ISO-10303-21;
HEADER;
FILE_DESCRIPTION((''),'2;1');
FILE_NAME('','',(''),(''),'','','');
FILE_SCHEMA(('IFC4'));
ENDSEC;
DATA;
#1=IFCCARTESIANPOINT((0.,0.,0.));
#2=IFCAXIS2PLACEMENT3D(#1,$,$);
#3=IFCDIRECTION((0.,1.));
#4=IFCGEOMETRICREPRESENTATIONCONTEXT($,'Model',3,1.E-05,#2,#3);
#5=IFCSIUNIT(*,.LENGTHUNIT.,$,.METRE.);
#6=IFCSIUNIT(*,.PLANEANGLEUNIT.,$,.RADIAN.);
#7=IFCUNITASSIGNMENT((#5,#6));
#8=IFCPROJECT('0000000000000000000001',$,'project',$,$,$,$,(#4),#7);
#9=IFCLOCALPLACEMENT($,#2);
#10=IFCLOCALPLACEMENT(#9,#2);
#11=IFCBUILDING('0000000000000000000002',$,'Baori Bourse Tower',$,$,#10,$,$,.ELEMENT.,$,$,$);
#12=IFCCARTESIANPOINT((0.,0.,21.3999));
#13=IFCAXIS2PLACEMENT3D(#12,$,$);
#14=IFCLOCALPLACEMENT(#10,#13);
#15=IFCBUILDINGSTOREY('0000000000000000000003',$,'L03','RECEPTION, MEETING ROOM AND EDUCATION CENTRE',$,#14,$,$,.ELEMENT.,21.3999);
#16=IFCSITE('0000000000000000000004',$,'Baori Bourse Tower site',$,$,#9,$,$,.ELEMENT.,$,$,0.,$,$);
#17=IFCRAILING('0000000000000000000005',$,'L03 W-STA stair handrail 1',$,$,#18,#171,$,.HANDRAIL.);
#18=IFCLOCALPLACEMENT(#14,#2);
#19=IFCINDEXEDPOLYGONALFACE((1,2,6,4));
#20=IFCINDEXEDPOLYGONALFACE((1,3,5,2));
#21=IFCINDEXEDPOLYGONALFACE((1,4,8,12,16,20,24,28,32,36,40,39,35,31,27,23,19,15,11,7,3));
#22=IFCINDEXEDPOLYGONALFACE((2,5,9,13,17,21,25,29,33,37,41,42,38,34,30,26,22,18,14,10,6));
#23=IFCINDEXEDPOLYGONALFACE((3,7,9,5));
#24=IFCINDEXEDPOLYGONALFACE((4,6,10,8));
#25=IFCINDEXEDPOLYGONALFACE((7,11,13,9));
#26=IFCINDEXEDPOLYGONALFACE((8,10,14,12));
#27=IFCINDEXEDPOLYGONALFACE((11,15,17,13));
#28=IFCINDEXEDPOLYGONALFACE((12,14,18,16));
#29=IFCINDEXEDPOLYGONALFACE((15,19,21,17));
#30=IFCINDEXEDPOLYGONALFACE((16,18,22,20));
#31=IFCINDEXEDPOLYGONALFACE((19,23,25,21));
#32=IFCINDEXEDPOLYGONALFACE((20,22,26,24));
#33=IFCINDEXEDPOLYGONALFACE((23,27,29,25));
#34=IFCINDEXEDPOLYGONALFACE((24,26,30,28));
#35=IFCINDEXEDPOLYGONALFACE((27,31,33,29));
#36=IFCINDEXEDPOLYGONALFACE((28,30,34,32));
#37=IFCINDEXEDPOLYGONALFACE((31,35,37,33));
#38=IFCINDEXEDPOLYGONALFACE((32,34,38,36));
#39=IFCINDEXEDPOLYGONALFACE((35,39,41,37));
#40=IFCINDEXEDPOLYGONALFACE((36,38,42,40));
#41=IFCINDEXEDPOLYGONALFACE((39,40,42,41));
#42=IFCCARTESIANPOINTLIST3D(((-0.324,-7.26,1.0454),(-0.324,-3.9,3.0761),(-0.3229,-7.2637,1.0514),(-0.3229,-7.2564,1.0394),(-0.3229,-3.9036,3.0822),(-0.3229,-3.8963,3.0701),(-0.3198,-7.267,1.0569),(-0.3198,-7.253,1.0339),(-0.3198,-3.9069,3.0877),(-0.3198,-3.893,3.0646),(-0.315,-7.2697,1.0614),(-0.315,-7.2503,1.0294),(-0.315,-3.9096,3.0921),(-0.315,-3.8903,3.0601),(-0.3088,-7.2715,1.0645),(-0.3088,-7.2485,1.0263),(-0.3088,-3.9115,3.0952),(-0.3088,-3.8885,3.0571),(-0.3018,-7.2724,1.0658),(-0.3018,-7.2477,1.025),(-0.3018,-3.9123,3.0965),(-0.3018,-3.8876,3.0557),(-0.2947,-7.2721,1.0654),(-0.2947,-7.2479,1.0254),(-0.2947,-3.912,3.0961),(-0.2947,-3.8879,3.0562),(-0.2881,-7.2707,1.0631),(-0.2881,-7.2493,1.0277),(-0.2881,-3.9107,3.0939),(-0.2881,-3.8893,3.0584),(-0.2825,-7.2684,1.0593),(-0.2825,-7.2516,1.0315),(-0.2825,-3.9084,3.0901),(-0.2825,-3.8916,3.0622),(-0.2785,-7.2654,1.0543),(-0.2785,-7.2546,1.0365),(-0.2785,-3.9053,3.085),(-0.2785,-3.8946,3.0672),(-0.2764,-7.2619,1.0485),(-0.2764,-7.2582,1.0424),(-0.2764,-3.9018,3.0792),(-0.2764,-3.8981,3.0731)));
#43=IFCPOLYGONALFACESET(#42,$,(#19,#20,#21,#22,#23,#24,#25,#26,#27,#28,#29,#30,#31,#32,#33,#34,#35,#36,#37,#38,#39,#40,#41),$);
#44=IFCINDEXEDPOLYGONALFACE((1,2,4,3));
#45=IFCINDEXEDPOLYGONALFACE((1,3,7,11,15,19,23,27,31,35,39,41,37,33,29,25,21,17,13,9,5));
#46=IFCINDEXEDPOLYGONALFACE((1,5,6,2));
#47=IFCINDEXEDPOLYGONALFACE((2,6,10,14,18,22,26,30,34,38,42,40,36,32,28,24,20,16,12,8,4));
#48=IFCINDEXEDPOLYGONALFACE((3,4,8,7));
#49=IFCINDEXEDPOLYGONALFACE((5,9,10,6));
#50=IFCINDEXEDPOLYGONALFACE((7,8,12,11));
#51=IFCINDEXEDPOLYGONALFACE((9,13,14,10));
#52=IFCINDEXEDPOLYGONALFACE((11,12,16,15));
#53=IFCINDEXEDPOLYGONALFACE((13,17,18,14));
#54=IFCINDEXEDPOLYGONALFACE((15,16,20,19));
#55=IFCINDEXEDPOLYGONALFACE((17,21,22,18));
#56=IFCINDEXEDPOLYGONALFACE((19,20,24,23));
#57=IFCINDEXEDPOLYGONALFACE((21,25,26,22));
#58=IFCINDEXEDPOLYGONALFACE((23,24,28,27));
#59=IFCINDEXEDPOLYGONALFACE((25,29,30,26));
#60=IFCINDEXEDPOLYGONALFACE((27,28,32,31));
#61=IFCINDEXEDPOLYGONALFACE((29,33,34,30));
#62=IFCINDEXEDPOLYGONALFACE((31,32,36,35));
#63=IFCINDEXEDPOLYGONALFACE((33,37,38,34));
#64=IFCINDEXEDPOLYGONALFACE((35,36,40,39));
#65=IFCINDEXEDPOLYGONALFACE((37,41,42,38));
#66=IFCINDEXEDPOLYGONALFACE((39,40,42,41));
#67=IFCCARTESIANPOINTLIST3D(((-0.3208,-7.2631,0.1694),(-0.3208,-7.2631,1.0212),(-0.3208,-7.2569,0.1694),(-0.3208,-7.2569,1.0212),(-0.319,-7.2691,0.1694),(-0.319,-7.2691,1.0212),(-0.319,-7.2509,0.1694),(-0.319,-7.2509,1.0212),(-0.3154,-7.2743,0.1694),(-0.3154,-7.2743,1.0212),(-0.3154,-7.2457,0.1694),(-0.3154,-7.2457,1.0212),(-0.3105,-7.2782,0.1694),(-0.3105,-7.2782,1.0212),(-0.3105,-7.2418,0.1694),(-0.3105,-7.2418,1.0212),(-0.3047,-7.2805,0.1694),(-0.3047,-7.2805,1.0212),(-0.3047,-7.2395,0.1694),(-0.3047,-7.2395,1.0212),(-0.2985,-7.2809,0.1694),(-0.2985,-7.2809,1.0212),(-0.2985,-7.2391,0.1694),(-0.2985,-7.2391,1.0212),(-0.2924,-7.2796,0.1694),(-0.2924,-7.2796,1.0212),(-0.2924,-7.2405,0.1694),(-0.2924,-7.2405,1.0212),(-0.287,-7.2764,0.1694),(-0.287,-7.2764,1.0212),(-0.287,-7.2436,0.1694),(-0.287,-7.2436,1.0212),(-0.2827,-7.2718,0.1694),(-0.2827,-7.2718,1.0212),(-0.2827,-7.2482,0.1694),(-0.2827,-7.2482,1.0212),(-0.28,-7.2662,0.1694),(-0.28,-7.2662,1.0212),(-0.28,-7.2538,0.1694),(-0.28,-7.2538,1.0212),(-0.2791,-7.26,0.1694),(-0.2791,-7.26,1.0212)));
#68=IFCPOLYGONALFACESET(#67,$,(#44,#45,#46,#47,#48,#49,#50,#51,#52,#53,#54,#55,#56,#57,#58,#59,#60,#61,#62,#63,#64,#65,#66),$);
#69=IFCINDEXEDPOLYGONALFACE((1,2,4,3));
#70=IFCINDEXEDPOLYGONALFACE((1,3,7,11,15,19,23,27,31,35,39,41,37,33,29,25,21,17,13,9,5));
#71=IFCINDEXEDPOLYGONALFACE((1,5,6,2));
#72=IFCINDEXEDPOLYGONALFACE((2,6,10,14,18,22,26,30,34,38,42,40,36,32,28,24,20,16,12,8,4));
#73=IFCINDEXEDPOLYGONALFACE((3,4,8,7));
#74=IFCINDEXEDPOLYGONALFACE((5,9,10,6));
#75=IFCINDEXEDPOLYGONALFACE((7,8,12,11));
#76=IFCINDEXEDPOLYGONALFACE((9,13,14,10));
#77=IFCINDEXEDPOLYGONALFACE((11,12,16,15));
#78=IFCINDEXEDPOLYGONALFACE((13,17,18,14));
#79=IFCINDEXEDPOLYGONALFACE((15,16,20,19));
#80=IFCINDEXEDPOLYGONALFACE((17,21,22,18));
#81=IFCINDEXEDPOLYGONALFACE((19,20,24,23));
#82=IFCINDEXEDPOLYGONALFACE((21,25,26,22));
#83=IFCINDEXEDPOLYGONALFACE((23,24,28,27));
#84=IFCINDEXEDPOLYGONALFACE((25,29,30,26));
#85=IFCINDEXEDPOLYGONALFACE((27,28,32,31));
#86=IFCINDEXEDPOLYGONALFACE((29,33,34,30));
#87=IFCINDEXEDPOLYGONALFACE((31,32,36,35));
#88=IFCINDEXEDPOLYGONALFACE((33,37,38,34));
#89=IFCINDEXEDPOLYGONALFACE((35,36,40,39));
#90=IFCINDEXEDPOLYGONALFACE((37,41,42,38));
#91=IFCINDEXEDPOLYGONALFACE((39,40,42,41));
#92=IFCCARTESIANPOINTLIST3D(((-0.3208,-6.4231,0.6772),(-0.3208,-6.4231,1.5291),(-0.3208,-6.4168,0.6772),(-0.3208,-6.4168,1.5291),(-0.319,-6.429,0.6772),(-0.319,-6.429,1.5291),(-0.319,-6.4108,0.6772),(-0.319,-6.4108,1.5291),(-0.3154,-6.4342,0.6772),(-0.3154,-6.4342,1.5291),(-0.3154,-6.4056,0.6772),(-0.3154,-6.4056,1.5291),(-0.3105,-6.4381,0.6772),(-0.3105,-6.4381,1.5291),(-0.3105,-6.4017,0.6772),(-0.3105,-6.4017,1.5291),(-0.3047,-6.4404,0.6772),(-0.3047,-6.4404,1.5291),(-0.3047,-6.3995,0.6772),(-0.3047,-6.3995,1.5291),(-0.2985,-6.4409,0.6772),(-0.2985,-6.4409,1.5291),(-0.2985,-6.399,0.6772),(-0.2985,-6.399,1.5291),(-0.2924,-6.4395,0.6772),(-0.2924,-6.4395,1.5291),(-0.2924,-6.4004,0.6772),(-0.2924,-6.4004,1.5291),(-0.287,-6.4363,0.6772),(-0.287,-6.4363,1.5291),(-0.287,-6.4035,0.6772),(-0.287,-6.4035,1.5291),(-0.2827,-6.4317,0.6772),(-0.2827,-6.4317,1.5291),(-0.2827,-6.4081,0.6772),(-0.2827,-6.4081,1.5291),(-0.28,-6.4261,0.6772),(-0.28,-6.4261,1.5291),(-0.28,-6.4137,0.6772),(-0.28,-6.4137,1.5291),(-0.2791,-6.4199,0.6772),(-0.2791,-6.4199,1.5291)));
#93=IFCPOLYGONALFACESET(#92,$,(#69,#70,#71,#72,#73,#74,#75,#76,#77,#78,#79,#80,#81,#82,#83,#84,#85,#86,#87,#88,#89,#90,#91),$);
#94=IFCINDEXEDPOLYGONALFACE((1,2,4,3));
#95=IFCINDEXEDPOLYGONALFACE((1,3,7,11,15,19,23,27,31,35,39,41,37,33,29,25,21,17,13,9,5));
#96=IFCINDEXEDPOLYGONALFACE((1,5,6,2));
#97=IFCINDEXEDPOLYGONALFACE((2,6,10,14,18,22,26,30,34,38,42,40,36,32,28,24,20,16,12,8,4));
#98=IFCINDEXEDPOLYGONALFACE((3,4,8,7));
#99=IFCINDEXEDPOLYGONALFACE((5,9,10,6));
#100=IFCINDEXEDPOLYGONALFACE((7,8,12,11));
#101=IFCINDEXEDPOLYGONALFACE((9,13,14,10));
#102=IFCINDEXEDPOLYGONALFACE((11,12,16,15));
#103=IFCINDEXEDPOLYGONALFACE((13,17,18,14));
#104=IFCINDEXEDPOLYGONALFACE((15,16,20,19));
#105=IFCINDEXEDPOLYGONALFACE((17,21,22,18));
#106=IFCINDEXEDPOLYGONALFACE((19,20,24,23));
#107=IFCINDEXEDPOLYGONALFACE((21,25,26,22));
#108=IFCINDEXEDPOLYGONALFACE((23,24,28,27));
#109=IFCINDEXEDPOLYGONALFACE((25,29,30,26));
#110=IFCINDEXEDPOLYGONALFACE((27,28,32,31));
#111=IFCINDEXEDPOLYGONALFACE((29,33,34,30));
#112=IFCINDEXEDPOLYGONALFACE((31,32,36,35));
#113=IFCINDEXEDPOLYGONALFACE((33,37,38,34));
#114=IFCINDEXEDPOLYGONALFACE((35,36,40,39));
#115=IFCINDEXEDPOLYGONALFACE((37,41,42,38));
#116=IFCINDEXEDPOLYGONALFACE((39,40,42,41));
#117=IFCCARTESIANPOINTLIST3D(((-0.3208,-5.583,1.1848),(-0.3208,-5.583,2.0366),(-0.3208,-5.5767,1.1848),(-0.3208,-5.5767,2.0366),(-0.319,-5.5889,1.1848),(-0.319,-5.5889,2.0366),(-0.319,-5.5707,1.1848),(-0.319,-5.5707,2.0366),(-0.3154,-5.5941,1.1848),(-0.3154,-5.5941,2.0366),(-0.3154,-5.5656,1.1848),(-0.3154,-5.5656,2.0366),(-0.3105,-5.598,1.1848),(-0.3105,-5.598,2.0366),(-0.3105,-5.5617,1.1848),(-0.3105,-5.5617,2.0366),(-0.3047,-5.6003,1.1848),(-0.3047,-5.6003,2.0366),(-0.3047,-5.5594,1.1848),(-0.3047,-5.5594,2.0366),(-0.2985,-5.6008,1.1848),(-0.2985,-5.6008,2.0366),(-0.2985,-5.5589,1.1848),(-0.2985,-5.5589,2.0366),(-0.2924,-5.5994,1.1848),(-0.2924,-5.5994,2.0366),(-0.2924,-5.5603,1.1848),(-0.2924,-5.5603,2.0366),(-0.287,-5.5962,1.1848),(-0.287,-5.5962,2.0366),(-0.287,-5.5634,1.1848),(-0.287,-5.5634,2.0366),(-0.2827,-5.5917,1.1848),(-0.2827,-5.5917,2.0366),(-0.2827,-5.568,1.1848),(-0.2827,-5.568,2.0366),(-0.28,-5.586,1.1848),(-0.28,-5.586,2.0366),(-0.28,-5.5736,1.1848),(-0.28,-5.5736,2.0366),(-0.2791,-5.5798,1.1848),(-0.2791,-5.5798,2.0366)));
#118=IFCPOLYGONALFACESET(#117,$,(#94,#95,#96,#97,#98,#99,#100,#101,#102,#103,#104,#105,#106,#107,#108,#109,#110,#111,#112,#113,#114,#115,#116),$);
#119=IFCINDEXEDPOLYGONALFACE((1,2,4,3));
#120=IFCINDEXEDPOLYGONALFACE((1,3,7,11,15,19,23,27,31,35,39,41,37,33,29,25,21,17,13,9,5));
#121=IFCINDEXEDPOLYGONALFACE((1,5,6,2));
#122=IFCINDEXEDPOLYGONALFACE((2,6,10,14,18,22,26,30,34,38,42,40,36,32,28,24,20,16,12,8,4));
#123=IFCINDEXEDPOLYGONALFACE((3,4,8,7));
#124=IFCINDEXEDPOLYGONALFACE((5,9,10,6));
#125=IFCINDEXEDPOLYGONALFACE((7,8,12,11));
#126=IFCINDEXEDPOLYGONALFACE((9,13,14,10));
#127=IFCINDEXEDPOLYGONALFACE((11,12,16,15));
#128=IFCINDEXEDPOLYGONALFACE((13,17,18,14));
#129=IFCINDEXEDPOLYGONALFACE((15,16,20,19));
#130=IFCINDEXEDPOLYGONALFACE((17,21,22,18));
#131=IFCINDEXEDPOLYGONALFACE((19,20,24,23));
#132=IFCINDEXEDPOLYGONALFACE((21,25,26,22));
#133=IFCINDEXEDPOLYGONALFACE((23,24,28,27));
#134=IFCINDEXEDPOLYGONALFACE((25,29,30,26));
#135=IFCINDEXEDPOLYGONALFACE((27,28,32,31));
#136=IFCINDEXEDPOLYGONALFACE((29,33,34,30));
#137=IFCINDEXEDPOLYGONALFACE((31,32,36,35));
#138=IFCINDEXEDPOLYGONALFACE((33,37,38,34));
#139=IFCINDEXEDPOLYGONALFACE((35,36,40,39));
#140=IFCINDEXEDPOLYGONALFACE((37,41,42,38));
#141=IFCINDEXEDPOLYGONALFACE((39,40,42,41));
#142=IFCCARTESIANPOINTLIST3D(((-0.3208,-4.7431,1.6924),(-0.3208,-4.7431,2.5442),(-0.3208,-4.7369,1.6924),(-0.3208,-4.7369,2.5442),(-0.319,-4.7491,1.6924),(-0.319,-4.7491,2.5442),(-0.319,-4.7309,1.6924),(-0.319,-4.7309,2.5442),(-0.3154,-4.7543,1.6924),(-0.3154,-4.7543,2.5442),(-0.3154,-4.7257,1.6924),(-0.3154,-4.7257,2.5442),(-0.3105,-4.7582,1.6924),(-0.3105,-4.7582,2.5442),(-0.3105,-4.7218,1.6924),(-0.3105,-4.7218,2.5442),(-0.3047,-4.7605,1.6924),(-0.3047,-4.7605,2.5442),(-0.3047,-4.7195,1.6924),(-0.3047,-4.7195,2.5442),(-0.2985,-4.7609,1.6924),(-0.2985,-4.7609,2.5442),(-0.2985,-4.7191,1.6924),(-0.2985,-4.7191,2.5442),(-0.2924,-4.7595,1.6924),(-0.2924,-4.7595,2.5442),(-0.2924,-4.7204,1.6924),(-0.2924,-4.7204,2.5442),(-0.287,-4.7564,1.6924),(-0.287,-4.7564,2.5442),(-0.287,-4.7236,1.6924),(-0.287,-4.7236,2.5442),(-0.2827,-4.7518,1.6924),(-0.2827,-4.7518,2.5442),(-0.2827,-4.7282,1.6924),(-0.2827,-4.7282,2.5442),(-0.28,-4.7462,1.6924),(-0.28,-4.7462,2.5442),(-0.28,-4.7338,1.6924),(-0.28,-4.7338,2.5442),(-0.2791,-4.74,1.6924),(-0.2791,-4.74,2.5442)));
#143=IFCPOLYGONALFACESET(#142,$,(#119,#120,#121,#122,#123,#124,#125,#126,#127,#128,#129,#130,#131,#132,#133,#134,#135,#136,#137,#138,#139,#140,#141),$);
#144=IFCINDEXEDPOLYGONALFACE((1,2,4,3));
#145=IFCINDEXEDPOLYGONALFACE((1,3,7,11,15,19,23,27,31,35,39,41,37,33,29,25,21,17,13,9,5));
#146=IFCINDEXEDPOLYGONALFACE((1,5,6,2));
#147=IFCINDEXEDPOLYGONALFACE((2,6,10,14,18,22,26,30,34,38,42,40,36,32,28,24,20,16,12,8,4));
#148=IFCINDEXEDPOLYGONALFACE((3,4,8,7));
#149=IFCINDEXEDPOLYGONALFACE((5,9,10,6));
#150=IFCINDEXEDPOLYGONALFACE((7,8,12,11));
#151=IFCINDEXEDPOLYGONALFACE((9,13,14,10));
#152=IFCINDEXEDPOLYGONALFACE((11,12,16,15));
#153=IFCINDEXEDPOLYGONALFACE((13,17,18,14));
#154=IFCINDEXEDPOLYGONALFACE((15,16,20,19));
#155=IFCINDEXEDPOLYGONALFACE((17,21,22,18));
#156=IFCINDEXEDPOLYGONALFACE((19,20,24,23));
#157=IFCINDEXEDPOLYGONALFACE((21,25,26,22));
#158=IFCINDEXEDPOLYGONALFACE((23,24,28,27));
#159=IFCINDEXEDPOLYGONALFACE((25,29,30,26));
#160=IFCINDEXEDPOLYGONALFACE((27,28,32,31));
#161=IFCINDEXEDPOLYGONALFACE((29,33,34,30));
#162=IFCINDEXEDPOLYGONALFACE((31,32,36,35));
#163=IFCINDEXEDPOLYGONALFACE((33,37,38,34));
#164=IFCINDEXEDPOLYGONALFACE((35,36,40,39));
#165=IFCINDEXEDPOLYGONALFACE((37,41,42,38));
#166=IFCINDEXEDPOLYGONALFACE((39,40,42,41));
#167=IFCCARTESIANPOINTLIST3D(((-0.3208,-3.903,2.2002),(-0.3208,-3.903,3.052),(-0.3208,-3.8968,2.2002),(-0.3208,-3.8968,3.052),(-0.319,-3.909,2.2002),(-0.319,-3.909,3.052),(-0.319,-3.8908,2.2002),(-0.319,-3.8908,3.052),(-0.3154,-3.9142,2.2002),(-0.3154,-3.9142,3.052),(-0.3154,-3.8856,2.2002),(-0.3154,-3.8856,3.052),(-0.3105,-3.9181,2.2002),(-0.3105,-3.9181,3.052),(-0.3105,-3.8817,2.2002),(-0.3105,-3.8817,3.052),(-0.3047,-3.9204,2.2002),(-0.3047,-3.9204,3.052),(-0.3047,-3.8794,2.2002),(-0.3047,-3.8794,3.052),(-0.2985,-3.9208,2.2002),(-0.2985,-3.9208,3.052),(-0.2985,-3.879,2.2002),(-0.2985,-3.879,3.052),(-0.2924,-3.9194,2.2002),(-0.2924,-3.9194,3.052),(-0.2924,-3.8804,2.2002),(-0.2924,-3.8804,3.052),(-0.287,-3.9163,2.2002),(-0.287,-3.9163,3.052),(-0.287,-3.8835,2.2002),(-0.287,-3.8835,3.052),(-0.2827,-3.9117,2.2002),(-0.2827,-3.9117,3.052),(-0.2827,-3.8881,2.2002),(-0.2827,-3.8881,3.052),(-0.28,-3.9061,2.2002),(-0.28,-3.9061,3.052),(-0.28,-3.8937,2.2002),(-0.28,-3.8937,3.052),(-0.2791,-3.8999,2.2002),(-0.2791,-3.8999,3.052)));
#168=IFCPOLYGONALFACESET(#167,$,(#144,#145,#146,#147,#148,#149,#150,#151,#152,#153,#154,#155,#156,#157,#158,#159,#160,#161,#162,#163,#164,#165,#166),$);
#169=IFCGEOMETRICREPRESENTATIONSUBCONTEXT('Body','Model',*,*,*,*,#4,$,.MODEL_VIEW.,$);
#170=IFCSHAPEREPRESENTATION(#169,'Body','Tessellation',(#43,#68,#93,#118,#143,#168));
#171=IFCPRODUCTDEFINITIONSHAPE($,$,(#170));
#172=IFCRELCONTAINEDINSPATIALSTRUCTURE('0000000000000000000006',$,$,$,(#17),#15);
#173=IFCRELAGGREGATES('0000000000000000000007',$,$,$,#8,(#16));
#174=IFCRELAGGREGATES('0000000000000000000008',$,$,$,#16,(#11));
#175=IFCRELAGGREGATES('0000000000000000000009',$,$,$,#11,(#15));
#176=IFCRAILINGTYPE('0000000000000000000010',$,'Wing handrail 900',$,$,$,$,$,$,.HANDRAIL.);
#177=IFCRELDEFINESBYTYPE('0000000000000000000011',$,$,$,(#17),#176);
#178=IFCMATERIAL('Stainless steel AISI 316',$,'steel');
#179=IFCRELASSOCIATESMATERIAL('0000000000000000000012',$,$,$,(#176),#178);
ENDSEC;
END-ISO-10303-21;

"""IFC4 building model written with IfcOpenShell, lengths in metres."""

from ifc_helpers import new_model, si_unit, direction, frame, origin, origin_2d, place, context, subcontext, project, spatial, circle, extrude, material, type_object, element, save


model = new_model("IFC4")

# Units and contexts
model_context = context("Model", 3, precision=1e-05, world=origin(), true_north=direction((0.0, 1.0)))
body_context = subcontext(model_context, "Body", "Model", "MODEL_VIEW")
ifc_project = project(units=[si_unit("LENGTHUNIT", "METRE"), si_unit("PLANEANGLEUNIT", "RADIAN")], contexts=[model_context])

# Site, building, storey
site_placement = place(None, origin())
site = spatial("IfcSite", under=ifc_project, at=site_placement, Name="Baori Bourse Tower site", CompositionType="ELEMENT", RefElevation=0.0)
building_placement = place(site_placement, origin())
building = spatial("IfcBuilding", under=site, at=building_placement, Name="Baori Bourse Tower", CompositionType="ELEMENT")
storey_placement = place(building_placement, frame((0.0, 0.0, 21.3999)))
storey = spatial("IfcBuildingStorey", under=building, at=storey_placement, Name="L03", Description="RECEPTION, MEETING ROOM AND EDUCATION CENTRE", CompositionType="ELEMENT", Elevation=21.3999)

# Railing
ifc_material_1 = material(Name="Stainless steel AISI 316", Category="steel")
railing_type_1 = type_object("IfcRailingType", Name="Wing handrail 900", PredefinedType="HANDRAIL", material=ifc_material_1)
railing_1_placement = place(storey_placement, frame((-0.3, -7.26, 0.1694)))
element("IfcRailing", 1, at=railing_1_placement, inside=storey, type_object=railing_type_1, Name="L03 W-STA stair handrail 1", PredefinedType="HANDRAIL", context=body_context, shape_type="SweptSolid", body=[
    extrude(circle(Radius=0.0239, at=origin_2d()), frame((0.0, 0.0, 0.876), z_axis=(0.0, 0.855837, 0.517246), x_axis=(-1.0, 0.0, 0.0)), (0.0, 0.0, 1.0), 3.926),
    extrude(circle(Radius=0.021, at=origin_2d()), origin(), (0.0, 0.0, 1.0), 0.8518),
    extrude(circle(Radius=0.021, at=origin_2d()), frame((0.0, 0.8401, 0.5078)), (0.0, 0.0, 1.0), 0.8518),
    extrude(circle(Radius=0.021, at=origin_2d()), frame((0.0, 1.6802, 1.0154)), (0.0, 0.0, 1.0), 0.8518),
    extrude(circle(Radius=0.021, at=origin_2d()), frame((0.0, 2.52, 1.5229)), (0.0, 0.0, 1.0), 0.8518),
    extrude(circle(Radius=0.021, at=origin_2d()), frame((0.0, 3.3601, 2.0308)), (0.0, 0.0, 1.0), 0.8518),
])

save(model, "model.ifc")
